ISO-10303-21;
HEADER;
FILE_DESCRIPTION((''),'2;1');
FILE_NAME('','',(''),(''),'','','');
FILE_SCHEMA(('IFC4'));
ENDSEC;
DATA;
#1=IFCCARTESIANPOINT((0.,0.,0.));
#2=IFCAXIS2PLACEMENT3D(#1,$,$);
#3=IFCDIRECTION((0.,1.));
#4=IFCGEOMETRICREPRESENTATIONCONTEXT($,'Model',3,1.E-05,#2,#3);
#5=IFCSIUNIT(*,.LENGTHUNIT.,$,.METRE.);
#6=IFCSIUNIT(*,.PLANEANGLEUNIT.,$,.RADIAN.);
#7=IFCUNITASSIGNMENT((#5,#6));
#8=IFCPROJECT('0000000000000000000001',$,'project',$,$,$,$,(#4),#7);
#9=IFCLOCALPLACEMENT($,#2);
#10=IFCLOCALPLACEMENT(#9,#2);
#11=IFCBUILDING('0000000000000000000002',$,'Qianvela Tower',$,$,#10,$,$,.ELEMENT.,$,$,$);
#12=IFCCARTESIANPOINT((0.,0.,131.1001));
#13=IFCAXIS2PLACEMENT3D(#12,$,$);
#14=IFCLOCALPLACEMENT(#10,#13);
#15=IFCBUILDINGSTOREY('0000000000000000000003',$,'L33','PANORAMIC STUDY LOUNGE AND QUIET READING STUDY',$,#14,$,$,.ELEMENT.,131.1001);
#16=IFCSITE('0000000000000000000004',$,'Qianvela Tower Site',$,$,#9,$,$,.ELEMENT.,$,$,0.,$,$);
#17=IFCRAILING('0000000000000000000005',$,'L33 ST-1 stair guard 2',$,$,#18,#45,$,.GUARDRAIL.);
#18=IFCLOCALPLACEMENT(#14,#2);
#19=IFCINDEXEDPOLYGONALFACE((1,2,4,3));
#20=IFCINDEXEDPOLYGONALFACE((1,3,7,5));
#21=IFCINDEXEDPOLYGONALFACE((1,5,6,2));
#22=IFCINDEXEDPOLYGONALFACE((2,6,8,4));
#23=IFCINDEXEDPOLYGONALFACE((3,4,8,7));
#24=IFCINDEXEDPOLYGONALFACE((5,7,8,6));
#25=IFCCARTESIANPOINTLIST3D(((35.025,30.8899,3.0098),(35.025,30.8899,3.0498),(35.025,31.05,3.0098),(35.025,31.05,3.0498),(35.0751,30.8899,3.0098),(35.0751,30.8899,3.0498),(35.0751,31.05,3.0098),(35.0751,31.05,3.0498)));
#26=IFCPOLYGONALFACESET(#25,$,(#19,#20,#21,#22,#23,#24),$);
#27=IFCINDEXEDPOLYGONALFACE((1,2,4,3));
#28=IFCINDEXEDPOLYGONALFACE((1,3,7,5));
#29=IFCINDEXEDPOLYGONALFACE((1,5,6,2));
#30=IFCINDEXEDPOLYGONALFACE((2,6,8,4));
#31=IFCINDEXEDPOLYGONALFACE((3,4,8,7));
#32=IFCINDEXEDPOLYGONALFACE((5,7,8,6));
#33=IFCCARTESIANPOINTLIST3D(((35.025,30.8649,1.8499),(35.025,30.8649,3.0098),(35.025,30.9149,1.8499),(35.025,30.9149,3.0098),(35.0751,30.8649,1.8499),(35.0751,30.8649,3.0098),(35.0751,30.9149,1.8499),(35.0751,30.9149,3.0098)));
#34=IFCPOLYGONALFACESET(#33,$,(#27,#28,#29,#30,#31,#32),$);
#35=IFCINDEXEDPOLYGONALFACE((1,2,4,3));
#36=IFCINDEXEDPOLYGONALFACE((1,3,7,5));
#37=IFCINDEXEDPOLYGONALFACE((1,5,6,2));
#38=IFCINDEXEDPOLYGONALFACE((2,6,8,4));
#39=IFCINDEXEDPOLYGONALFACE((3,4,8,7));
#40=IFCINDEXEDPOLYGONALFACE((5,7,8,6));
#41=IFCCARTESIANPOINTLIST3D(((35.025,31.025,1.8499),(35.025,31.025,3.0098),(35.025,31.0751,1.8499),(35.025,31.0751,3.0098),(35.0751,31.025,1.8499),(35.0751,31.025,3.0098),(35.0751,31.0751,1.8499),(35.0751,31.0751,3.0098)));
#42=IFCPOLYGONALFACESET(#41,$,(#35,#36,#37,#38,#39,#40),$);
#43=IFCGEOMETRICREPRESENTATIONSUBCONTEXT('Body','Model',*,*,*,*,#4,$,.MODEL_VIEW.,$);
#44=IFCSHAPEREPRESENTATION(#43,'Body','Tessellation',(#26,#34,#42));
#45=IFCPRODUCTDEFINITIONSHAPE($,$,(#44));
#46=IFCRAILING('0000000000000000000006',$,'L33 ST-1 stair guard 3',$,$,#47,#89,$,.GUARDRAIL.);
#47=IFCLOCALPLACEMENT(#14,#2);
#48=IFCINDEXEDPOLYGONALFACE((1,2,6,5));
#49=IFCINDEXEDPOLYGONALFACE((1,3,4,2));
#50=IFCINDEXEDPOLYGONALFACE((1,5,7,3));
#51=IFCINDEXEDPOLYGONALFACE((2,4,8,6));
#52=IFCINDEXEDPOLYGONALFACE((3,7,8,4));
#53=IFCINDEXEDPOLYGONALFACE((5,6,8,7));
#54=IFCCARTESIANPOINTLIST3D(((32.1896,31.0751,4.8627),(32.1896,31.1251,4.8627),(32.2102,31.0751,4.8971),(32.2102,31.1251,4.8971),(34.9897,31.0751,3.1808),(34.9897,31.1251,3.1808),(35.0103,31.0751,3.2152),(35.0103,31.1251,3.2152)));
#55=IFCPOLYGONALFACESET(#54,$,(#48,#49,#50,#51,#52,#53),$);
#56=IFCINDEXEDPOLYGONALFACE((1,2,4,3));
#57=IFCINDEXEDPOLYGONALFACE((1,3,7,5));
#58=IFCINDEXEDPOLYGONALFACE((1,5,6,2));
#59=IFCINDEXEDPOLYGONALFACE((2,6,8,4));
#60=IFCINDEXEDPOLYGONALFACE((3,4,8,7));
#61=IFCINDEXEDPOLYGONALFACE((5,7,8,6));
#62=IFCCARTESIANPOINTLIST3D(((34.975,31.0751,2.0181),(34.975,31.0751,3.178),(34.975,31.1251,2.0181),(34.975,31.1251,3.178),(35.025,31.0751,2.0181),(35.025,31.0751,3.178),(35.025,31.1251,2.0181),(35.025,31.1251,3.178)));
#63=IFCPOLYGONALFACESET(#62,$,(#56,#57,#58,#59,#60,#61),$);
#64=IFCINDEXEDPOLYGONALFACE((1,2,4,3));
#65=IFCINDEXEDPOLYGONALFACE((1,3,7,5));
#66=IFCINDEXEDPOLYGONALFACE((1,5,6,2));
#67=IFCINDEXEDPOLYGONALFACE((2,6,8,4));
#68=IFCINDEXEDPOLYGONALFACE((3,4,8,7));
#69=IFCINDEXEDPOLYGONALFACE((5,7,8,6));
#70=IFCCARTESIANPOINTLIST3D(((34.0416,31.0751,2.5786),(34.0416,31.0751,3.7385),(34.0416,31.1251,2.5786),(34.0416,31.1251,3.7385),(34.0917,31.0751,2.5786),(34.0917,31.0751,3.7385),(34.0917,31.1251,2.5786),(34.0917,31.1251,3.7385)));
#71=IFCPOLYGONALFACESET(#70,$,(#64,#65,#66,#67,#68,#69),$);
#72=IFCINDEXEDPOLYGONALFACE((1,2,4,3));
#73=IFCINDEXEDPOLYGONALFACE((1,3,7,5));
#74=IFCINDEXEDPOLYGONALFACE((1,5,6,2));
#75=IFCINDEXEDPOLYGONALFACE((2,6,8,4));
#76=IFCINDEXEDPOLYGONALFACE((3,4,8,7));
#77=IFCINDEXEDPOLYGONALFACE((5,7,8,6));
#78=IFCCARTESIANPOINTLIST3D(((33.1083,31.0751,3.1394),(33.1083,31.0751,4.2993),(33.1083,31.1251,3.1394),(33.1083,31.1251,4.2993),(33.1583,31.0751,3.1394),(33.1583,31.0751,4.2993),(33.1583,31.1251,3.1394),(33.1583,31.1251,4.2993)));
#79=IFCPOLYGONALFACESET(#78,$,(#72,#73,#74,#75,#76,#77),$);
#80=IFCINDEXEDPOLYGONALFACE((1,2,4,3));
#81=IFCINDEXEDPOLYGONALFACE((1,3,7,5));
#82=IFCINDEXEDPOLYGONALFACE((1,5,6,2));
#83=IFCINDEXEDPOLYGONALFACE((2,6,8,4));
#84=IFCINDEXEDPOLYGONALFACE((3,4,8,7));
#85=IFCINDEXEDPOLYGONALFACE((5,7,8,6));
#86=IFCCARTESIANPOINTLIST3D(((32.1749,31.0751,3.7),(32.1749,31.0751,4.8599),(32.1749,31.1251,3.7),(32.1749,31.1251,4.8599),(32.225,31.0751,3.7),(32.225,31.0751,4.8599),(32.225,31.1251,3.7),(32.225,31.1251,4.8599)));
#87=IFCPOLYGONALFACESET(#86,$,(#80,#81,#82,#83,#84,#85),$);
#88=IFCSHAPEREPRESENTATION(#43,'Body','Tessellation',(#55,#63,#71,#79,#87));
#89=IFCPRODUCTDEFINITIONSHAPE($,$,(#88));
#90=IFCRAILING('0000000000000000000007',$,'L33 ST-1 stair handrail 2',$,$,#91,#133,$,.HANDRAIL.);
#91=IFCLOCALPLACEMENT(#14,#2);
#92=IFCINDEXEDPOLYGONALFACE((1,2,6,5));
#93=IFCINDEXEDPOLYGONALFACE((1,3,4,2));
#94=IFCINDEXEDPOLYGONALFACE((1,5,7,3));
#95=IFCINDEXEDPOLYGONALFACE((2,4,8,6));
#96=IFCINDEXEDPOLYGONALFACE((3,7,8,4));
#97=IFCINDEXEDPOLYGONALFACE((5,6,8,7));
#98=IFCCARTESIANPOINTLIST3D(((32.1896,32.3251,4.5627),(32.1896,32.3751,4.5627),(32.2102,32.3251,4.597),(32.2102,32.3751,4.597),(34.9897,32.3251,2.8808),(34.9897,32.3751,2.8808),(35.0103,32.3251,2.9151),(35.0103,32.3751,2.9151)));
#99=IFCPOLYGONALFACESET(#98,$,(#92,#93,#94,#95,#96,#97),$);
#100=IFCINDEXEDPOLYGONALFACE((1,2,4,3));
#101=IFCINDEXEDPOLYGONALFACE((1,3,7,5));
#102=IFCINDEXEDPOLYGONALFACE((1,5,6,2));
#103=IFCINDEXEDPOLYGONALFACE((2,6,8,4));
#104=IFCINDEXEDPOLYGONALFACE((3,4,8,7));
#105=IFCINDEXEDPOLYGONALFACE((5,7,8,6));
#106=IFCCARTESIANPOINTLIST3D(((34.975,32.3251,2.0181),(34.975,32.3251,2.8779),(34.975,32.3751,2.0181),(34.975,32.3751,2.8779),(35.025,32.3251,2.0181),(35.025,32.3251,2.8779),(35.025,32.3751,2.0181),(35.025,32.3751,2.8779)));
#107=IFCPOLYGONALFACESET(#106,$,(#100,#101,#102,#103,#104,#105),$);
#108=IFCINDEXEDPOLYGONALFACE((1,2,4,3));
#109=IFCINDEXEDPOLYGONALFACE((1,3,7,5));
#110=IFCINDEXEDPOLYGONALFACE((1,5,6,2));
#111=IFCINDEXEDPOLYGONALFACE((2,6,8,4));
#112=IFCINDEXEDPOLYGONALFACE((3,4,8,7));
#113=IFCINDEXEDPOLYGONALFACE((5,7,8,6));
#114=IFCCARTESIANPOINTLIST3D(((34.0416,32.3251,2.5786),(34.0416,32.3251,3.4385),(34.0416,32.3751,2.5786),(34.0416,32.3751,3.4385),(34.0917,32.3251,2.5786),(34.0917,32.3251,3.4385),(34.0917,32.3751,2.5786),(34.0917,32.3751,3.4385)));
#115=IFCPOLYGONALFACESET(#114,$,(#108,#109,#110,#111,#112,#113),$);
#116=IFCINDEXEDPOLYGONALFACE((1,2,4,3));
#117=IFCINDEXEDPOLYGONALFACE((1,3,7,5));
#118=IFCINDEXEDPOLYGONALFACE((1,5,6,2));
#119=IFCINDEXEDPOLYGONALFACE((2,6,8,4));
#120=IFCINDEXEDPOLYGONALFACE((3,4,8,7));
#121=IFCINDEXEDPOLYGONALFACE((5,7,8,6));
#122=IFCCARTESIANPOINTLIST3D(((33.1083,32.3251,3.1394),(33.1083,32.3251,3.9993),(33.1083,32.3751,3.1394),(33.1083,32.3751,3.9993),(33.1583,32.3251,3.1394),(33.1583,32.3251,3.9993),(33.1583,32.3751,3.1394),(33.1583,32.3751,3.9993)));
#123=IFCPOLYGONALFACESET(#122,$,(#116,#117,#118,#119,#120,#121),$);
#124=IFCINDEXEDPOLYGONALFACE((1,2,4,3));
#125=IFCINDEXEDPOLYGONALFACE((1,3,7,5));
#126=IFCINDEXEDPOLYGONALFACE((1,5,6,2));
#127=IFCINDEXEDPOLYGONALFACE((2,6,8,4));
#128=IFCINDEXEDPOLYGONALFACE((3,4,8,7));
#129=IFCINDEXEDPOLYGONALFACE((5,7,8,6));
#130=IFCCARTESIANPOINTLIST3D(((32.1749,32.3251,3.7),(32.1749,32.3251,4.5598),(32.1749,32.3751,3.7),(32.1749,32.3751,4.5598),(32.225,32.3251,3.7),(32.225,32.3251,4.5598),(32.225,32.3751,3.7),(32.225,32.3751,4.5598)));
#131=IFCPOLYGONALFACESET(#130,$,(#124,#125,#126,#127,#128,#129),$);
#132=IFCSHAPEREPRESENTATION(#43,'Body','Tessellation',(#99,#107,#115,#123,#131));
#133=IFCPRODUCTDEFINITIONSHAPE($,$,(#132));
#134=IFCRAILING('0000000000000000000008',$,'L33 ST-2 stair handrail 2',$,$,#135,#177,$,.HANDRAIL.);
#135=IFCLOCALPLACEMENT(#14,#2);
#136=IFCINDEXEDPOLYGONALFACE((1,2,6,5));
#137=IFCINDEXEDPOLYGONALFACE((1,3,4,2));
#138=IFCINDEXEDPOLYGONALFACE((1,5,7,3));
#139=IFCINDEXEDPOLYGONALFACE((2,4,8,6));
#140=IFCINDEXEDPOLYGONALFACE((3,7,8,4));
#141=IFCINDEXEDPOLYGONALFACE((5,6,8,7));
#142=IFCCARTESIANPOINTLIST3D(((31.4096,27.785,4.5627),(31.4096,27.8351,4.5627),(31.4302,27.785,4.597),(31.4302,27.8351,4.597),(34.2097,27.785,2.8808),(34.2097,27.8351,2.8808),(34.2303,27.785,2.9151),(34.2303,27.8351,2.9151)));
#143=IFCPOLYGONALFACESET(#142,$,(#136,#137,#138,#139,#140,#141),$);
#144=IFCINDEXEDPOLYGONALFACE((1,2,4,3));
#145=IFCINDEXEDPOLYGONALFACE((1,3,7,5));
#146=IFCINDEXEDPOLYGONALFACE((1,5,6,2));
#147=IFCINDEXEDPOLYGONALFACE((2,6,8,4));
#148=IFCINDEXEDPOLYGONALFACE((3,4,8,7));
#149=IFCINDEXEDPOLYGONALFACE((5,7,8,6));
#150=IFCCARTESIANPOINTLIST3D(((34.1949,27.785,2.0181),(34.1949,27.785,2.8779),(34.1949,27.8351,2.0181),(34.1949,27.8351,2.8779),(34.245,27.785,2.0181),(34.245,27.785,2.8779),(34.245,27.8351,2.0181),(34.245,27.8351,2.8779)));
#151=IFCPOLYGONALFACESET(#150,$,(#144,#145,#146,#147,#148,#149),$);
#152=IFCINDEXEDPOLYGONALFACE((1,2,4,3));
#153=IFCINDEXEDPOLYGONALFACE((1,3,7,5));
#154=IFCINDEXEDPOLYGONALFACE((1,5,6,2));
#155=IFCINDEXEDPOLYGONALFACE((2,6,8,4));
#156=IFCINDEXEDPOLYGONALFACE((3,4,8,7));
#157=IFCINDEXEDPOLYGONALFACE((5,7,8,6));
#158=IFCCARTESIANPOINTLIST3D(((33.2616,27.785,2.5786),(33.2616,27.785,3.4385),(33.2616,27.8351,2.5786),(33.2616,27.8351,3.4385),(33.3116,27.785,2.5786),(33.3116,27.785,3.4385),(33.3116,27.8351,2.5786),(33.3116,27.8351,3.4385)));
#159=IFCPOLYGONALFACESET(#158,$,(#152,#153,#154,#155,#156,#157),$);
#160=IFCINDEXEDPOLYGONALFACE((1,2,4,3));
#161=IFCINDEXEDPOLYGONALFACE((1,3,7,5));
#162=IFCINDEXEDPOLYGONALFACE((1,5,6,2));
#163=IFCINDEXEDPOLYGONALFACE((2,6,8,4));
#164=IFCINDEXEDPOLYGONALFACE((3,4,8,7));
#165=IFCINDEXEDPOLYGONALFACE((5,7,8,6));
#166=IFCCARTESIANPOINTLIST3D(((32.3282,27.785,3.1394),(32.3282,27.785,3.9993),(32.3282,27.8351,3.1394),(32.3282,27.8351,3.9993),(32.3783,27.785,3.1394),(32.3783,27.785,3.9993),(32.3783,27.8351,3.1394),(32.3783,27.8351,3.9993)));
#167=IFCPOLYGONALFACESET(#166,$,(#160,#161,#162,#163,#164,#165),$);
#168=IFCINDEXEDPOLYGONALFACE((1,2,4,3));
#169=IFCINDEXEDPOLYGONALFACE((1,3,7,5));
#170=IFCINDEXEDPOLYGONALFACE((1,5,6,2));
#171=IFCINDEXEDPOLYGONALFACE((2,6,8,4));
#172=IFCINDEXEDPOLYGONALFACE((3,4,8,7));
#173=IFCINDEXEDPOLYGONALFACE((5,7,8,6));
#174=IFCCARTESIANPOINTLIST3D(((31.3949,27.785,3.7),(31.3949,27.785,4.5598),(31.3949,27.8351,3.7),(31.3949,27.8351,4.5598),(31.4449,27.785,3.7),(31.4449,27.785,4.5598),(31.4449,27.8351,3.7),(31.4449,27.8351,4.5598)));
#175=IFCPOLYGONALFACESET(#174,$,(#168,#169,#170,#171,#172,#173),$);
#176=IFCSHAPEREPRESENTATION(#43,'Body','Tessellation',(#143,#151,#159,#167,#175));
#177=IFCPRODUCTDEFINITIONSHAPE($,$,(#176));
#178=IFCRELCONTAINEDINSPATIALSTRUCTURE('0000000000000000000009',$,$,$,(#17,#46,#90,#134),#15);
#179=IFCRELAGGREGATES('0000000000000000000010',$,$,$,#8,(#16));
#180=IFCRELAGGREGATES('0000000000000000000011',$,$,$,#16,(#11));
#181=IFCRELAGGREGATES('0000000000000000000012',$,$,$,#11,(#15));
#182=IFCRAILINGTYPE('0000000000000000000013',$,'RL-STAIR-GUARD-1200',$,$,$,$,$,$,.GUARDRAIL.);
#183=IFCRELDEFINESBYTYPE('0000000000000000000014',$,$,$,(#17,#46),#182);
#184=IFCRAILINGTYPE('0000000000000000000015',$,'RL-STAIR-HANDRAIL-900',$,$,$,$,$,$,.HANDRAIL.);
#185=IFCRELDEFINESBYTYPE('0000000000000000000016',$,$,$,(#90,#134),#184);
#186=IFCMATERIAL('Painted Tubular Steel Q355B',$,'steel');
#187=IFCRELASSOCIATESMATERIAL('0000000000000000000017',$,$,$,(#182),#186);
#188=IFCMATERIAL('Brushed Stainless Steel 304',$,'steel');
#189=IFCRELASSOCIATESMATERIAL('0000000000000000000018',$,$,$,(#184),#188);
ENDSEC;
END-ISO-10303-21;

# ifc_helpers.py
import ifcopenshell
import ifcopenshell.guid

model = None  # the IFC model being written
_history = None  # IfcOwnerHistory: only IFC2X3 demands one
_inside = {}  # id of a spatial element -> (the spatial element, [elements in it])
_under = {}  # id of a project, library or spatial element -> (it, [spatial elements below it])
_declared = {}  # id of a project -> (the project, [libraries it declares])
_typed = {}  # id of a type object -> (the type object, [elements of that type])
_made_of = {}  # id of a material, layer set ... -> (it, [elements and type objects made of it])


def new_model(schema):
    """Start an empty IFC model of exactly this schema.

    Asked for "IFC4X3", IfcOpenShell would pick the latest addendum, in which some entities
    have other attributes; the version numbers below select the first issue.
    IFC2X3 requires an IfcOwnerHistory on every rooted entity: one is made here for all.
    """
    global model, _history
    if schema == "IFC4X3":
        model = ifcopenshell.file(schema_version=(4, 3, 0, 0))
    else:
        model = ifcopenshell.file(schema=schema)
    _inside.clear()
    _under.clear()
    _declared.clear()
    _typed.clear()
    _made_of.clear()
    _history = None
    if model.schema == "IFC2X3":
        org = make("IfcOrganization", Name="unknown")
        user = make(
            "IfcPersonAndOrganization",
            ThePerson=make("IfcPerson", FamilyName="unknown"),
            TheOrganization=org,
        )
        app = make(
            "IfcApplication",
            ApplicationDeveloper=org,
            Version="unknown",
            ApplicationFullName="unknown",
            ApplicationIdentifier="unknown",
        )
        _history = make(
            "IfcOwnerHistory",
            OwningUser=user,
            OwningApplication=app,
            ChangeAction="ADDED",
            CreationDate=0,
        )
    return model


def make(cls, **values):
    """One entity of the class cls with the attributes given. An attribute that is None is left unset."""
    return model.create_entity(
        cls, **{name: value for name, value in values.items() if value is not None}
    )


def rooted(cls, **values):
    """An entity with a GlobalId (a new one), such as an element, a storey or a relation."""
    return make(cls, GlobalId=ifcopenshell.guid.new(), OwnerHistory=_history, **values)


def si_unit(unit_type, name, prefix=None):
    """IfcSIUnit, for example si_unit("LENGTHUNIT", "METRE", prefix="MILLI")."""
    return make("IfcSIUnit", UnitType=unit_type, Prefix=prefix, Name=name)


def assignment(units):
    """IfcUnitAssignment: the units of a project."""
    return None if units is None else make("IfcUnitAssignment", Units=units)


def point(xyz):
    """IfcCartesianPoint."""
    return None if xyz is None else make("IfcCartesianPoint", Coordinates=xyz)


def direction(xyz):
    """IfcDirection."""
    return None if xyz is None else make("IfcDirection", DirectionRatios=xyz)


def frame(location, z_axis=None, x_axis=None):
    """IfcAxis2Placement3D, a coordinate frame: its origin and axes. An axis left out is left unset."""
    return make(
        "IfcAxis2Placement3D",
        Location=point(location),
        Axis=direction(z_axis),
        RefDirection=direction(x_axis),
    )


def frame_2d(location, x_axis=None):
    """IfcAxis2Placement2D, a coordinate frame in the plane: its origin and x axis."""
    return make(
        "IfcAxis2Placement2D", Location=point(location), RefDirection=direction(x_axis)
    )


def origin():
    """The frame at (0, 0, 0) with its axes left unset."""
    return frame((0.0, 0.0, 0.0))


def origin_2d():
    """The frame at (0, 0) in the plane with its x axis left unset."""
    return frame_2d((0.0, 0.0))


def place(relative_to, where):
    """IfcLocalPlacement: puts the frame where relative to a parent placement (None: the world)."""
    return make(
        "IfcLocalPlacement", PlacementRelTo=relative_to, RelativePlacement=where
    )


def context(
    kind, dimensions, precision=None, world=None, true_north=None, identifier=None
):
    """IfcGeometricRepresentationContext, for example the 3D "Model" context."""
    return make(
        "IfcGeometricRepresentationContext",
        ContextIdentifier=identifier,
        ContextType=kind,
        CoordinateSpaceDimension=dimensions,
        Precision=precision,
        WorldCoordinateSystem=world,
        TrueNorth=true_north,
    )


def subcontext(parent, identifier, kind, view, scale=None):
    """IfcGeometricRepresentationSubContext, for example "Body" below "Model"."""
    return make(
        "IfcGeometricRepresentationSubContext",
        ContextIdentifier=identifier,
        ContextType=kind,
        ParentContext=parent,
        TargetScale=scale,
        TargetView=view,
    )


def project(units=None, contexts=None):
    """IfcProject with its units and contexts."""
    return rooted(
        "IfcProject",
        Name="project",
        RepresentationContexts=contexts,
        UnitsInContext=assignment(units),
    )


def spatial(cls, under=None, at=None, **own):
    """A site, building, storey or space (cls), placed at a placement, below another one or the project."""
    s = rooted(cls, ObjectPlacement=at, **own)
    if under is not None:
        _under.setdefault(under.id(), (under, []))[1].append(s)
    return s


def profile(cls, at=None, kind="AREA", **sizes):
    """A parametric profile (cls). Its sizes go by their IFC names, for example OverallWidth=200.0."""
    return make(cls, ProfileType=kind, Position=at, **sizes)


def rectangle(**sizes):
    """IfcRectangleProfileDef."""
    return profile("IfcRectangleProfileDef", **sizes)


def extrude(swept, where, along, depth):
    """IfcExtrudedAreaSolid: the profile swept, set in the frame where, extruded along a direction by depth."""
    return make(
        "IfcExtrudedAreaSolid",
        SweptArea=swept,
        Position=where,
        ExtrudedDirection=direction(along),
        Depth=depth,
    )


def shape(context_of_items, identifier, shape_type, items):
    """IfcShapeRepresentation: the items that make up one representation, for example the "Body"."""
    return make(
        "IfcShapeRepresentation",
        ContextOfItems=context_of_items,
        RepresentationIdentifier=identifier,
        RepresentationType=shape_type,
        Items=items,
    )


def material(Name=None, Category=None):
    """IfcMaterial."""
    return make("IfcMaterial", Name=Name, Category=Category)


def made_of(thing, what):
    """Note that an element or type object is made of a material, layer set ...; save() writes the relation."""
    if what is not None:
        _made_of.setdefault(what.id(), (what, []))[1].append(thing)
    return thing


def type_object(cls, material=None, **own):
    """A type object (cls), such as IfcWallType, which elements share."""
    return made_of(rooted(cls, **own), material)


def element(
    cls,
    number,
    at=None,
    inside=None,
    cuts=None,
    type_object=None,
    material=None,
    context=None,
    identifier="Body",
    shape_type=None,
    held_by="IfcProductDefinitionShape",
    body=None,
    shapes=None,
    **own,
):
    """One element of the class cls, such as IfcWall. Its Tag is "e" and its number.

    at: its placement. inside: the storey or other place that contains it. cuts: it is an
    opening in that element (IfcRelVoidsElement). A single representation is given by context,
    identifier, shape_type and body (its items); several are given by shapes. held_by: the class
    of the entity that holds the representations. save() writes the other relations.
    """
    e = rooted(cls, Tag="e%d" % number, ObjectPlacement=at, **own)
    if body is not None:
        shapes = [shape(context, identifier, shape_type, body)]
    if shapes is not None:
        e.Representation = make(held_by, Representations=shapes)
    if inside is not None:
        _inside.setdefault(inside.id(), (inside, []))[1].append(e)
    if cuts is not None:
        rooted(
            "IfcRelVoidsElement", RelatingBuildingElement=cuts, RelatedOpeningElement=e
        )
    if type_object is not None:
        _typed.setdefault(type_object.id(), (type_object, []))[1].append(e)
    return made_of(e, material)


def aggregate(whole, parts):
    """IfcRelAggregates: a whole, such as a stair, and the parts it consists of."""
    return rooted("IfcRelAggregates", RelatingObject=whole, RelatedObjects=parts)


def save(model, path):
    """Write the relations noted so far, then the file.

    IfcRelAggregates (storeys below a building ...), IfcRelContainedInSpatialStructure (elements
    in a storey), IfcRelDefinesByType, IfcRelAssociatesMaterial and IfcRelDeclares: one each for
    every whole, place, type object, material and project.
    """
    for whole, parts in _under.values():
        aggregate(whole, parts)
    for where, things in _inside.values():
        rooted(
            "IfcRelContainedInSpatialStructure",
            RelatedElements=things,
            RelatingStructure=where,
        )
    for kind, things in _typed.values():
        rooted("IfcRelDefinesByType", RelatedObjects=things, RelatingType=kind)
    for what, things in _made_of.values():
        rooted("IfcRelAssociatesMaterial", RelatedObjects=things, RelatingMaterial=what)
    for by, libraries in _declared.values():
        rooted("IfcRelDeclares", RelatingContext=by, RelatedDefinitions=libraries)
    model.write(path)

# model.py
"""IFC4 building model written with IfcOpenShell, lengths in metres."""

from ifc_helpers import new_model, si_unit, direction, frame, origin, origin_2d, place, context, subcontext, project, spatial, rectangle, extrude, material, type_object, element, save


model = new_model("IFC4")

# Units and contexts
model_context = context("Model", 3, precision=1e-05, world=origin(), true_north=direction((0.0, 1.0)))
body_context = subcontext(model_context, "Body", "Model", "MODEL_VIEW")
ifc_project = project(units=[si_unit("LENGTHUNIT", "METRE"), si_unit("PLANEANGLEUNIT", "RADIAN")], contexts=[model_context])

# Site, building, storey
site_placement = place(None, origin())
site = spatial("IfcSite", under=ifc_project, at=site_placement, Name="Qianvela Tower Site", CompositionType="ELEMENT", RefElevation=0.0)
building_placement = place(site_placement, origin())
building = spatial("IfcBuilding", under=site, at=building_placement, Name="Qianvela Tower", CompositionType="ELEMENT")
storey_placement = place(building_placement, frame((0.0, 0.0, 131.1001)))
storey = spatial("IfcBuildingStorey", under=building, at=storey_placement, Name="L33", Description="PANORAMIC STUDY LOUNGE AND QUIET READING STUDY", CompositionType="ELEMENT", Elevation=131.1001)

# Railings
ifc_material_1 = material(Name="Painted Tubular Steel Q355B", Category="steel")
railing_type_1 = type_object("IfcRailingType", Name="RL-STAIR-GUARD-1200", PredefinedType="GUARDRAIL", material=ifc_material_1)
railing_1_placement = place(storey_placement, frame((35.05, 30.8899, 1.8499)))
element("IfcRailing", 1, at=railing_1_placement, inside=storey, type_object=railing_type_1, Name="L33 ST-1 stair guard 2", PredefinedType="GUARDRAIL", context=body_context, shape_type="SweptSolid", body=[
    extrude(rectangle(XDim=0.05, YDim=0.04, at=origin_2d()), frame((0.0, 0.0, 1.1799), z_axis=(0.0, 1.0, 0.0), x_axis=(-1.0, 0.0, 0.0)), (0.0, 0.0, 1.0), 0.1602),
    extrude(rectangle(XDim=0.05, YDim=0.05, at=origin_2d()), origin(), (0.0, 0.0, 1.0), 1.1599),
    extrude(rectangle(XDim=0.05, YDim=0.05, at=origin_2d()), frame((0.0, 0.1602, 0.0)), (0.0, 0.0, 1.0), 1.1599),
])
railing_2_placement = place(storey_placement, frame((35.0, 31.1001, 2.0181)))
element("IfcRailing", 2, at=railing_2_placement, inside=storey, type_object=railing_type_1, Name="L33 ST-1 stair guard 3", PredefinedType="GUARDRAIL", context=body_context, shape_type="SweptSolid", body=[
    extrude(rectangle(XDim=0.05, YDim=0.04, at=origin_2d()), frame((0.0, 0.0, 1.1799), z_axis=(-0.857242, 0.0, 0.514913), x_axis=(0.0, -1.0, 0.0)), (0.0, 0.0, 1.0), 3.2664),
    extrude(rectangle(XDim=0.05, YDim=0.05, at=origin_2d()), origin(), (0.0, 0.0, 1.0), 1.1599),
    extrude(rectangle(XDim=0.05, YDim=0.05, at=origin_2d()), frame((-0.9333, 0.0, 0.5605)), (0.0, 0.0, 1.0), 1.1599),
    extrude(rectangle(XDim=0.05, YDim=0.05, at=origin_2d()), frame((-1.8667, 0.0, 1.1213)), (0.0, 0.0, 1.0), 1.1599),
    extrude(rectangle(XDim=0.05, YDim=0.05, at=origin_2d()), frame((-2.8, 0.0, 1.6819)), (0.0, 0.0, 1.0), 1.1599),
])
ifc_material_2 = material(Name="Brushed Stainless Steel 304", Category="steel")
railing_type_2 = type_object("IfcRailingType", Name="RL-STAIR-HANDRAIL-900", PredefinedType="HANDRAIL", material=ifc_material_2)
for number, where, name in (
    (3, (35.0, 32.3501, 2.0181), "L33 ST-1 stair handrail 2"),
    (4, (34.22, 27.8101, 2.0181), "L33 ST-2 stair handrail 2"),
):
    element("IfcRailing", number, at=place(storey_placement, frame(where)), inside=storey, type_object=railing_type_2, Name=name, PredefinedType="HANDRAIL", context=body_context, shape_type="SweptSolid", body=[
        extrude(rectangle(XDim=0.05, YDim=0.04, at=origin_2d()), frame((0.0, 0.0, 0.8799), z_axis=(-0.857242, 0.0, 0.514913), x_axis=(0.0, -1.0, 0.0)), (0.0, 0.0, 1.0), 3.2664),
        extrude(rectangle(XDim=0.05, YDim=0.05, at=origin_2d()), origin(), (0.0, 0.0, 1.0), 0.8599),
        extrude(rectangle(XDim=0.05, YDim=0.05, at=origin_2d()), frame((-0.9333, 0.0, 0.5605)), (0.0, 0.0, 1.0), 0.8599),
        extrude(rectangle(XDim=0.05, YDim=0.05, at=origin_2d()), frame((-1.8667, 0.0, 1.1213)), (0.0, 0.0, 1.0), 0.8599),
        extrude(rectangle(XDim=0.05, YDim=0.05, at=origin_2d()), frame((-2.8, 0.0, 1.6819)), (0.0, 0.0, 1.0), 0.8599),
    ])

save(model, "model.ifc")
